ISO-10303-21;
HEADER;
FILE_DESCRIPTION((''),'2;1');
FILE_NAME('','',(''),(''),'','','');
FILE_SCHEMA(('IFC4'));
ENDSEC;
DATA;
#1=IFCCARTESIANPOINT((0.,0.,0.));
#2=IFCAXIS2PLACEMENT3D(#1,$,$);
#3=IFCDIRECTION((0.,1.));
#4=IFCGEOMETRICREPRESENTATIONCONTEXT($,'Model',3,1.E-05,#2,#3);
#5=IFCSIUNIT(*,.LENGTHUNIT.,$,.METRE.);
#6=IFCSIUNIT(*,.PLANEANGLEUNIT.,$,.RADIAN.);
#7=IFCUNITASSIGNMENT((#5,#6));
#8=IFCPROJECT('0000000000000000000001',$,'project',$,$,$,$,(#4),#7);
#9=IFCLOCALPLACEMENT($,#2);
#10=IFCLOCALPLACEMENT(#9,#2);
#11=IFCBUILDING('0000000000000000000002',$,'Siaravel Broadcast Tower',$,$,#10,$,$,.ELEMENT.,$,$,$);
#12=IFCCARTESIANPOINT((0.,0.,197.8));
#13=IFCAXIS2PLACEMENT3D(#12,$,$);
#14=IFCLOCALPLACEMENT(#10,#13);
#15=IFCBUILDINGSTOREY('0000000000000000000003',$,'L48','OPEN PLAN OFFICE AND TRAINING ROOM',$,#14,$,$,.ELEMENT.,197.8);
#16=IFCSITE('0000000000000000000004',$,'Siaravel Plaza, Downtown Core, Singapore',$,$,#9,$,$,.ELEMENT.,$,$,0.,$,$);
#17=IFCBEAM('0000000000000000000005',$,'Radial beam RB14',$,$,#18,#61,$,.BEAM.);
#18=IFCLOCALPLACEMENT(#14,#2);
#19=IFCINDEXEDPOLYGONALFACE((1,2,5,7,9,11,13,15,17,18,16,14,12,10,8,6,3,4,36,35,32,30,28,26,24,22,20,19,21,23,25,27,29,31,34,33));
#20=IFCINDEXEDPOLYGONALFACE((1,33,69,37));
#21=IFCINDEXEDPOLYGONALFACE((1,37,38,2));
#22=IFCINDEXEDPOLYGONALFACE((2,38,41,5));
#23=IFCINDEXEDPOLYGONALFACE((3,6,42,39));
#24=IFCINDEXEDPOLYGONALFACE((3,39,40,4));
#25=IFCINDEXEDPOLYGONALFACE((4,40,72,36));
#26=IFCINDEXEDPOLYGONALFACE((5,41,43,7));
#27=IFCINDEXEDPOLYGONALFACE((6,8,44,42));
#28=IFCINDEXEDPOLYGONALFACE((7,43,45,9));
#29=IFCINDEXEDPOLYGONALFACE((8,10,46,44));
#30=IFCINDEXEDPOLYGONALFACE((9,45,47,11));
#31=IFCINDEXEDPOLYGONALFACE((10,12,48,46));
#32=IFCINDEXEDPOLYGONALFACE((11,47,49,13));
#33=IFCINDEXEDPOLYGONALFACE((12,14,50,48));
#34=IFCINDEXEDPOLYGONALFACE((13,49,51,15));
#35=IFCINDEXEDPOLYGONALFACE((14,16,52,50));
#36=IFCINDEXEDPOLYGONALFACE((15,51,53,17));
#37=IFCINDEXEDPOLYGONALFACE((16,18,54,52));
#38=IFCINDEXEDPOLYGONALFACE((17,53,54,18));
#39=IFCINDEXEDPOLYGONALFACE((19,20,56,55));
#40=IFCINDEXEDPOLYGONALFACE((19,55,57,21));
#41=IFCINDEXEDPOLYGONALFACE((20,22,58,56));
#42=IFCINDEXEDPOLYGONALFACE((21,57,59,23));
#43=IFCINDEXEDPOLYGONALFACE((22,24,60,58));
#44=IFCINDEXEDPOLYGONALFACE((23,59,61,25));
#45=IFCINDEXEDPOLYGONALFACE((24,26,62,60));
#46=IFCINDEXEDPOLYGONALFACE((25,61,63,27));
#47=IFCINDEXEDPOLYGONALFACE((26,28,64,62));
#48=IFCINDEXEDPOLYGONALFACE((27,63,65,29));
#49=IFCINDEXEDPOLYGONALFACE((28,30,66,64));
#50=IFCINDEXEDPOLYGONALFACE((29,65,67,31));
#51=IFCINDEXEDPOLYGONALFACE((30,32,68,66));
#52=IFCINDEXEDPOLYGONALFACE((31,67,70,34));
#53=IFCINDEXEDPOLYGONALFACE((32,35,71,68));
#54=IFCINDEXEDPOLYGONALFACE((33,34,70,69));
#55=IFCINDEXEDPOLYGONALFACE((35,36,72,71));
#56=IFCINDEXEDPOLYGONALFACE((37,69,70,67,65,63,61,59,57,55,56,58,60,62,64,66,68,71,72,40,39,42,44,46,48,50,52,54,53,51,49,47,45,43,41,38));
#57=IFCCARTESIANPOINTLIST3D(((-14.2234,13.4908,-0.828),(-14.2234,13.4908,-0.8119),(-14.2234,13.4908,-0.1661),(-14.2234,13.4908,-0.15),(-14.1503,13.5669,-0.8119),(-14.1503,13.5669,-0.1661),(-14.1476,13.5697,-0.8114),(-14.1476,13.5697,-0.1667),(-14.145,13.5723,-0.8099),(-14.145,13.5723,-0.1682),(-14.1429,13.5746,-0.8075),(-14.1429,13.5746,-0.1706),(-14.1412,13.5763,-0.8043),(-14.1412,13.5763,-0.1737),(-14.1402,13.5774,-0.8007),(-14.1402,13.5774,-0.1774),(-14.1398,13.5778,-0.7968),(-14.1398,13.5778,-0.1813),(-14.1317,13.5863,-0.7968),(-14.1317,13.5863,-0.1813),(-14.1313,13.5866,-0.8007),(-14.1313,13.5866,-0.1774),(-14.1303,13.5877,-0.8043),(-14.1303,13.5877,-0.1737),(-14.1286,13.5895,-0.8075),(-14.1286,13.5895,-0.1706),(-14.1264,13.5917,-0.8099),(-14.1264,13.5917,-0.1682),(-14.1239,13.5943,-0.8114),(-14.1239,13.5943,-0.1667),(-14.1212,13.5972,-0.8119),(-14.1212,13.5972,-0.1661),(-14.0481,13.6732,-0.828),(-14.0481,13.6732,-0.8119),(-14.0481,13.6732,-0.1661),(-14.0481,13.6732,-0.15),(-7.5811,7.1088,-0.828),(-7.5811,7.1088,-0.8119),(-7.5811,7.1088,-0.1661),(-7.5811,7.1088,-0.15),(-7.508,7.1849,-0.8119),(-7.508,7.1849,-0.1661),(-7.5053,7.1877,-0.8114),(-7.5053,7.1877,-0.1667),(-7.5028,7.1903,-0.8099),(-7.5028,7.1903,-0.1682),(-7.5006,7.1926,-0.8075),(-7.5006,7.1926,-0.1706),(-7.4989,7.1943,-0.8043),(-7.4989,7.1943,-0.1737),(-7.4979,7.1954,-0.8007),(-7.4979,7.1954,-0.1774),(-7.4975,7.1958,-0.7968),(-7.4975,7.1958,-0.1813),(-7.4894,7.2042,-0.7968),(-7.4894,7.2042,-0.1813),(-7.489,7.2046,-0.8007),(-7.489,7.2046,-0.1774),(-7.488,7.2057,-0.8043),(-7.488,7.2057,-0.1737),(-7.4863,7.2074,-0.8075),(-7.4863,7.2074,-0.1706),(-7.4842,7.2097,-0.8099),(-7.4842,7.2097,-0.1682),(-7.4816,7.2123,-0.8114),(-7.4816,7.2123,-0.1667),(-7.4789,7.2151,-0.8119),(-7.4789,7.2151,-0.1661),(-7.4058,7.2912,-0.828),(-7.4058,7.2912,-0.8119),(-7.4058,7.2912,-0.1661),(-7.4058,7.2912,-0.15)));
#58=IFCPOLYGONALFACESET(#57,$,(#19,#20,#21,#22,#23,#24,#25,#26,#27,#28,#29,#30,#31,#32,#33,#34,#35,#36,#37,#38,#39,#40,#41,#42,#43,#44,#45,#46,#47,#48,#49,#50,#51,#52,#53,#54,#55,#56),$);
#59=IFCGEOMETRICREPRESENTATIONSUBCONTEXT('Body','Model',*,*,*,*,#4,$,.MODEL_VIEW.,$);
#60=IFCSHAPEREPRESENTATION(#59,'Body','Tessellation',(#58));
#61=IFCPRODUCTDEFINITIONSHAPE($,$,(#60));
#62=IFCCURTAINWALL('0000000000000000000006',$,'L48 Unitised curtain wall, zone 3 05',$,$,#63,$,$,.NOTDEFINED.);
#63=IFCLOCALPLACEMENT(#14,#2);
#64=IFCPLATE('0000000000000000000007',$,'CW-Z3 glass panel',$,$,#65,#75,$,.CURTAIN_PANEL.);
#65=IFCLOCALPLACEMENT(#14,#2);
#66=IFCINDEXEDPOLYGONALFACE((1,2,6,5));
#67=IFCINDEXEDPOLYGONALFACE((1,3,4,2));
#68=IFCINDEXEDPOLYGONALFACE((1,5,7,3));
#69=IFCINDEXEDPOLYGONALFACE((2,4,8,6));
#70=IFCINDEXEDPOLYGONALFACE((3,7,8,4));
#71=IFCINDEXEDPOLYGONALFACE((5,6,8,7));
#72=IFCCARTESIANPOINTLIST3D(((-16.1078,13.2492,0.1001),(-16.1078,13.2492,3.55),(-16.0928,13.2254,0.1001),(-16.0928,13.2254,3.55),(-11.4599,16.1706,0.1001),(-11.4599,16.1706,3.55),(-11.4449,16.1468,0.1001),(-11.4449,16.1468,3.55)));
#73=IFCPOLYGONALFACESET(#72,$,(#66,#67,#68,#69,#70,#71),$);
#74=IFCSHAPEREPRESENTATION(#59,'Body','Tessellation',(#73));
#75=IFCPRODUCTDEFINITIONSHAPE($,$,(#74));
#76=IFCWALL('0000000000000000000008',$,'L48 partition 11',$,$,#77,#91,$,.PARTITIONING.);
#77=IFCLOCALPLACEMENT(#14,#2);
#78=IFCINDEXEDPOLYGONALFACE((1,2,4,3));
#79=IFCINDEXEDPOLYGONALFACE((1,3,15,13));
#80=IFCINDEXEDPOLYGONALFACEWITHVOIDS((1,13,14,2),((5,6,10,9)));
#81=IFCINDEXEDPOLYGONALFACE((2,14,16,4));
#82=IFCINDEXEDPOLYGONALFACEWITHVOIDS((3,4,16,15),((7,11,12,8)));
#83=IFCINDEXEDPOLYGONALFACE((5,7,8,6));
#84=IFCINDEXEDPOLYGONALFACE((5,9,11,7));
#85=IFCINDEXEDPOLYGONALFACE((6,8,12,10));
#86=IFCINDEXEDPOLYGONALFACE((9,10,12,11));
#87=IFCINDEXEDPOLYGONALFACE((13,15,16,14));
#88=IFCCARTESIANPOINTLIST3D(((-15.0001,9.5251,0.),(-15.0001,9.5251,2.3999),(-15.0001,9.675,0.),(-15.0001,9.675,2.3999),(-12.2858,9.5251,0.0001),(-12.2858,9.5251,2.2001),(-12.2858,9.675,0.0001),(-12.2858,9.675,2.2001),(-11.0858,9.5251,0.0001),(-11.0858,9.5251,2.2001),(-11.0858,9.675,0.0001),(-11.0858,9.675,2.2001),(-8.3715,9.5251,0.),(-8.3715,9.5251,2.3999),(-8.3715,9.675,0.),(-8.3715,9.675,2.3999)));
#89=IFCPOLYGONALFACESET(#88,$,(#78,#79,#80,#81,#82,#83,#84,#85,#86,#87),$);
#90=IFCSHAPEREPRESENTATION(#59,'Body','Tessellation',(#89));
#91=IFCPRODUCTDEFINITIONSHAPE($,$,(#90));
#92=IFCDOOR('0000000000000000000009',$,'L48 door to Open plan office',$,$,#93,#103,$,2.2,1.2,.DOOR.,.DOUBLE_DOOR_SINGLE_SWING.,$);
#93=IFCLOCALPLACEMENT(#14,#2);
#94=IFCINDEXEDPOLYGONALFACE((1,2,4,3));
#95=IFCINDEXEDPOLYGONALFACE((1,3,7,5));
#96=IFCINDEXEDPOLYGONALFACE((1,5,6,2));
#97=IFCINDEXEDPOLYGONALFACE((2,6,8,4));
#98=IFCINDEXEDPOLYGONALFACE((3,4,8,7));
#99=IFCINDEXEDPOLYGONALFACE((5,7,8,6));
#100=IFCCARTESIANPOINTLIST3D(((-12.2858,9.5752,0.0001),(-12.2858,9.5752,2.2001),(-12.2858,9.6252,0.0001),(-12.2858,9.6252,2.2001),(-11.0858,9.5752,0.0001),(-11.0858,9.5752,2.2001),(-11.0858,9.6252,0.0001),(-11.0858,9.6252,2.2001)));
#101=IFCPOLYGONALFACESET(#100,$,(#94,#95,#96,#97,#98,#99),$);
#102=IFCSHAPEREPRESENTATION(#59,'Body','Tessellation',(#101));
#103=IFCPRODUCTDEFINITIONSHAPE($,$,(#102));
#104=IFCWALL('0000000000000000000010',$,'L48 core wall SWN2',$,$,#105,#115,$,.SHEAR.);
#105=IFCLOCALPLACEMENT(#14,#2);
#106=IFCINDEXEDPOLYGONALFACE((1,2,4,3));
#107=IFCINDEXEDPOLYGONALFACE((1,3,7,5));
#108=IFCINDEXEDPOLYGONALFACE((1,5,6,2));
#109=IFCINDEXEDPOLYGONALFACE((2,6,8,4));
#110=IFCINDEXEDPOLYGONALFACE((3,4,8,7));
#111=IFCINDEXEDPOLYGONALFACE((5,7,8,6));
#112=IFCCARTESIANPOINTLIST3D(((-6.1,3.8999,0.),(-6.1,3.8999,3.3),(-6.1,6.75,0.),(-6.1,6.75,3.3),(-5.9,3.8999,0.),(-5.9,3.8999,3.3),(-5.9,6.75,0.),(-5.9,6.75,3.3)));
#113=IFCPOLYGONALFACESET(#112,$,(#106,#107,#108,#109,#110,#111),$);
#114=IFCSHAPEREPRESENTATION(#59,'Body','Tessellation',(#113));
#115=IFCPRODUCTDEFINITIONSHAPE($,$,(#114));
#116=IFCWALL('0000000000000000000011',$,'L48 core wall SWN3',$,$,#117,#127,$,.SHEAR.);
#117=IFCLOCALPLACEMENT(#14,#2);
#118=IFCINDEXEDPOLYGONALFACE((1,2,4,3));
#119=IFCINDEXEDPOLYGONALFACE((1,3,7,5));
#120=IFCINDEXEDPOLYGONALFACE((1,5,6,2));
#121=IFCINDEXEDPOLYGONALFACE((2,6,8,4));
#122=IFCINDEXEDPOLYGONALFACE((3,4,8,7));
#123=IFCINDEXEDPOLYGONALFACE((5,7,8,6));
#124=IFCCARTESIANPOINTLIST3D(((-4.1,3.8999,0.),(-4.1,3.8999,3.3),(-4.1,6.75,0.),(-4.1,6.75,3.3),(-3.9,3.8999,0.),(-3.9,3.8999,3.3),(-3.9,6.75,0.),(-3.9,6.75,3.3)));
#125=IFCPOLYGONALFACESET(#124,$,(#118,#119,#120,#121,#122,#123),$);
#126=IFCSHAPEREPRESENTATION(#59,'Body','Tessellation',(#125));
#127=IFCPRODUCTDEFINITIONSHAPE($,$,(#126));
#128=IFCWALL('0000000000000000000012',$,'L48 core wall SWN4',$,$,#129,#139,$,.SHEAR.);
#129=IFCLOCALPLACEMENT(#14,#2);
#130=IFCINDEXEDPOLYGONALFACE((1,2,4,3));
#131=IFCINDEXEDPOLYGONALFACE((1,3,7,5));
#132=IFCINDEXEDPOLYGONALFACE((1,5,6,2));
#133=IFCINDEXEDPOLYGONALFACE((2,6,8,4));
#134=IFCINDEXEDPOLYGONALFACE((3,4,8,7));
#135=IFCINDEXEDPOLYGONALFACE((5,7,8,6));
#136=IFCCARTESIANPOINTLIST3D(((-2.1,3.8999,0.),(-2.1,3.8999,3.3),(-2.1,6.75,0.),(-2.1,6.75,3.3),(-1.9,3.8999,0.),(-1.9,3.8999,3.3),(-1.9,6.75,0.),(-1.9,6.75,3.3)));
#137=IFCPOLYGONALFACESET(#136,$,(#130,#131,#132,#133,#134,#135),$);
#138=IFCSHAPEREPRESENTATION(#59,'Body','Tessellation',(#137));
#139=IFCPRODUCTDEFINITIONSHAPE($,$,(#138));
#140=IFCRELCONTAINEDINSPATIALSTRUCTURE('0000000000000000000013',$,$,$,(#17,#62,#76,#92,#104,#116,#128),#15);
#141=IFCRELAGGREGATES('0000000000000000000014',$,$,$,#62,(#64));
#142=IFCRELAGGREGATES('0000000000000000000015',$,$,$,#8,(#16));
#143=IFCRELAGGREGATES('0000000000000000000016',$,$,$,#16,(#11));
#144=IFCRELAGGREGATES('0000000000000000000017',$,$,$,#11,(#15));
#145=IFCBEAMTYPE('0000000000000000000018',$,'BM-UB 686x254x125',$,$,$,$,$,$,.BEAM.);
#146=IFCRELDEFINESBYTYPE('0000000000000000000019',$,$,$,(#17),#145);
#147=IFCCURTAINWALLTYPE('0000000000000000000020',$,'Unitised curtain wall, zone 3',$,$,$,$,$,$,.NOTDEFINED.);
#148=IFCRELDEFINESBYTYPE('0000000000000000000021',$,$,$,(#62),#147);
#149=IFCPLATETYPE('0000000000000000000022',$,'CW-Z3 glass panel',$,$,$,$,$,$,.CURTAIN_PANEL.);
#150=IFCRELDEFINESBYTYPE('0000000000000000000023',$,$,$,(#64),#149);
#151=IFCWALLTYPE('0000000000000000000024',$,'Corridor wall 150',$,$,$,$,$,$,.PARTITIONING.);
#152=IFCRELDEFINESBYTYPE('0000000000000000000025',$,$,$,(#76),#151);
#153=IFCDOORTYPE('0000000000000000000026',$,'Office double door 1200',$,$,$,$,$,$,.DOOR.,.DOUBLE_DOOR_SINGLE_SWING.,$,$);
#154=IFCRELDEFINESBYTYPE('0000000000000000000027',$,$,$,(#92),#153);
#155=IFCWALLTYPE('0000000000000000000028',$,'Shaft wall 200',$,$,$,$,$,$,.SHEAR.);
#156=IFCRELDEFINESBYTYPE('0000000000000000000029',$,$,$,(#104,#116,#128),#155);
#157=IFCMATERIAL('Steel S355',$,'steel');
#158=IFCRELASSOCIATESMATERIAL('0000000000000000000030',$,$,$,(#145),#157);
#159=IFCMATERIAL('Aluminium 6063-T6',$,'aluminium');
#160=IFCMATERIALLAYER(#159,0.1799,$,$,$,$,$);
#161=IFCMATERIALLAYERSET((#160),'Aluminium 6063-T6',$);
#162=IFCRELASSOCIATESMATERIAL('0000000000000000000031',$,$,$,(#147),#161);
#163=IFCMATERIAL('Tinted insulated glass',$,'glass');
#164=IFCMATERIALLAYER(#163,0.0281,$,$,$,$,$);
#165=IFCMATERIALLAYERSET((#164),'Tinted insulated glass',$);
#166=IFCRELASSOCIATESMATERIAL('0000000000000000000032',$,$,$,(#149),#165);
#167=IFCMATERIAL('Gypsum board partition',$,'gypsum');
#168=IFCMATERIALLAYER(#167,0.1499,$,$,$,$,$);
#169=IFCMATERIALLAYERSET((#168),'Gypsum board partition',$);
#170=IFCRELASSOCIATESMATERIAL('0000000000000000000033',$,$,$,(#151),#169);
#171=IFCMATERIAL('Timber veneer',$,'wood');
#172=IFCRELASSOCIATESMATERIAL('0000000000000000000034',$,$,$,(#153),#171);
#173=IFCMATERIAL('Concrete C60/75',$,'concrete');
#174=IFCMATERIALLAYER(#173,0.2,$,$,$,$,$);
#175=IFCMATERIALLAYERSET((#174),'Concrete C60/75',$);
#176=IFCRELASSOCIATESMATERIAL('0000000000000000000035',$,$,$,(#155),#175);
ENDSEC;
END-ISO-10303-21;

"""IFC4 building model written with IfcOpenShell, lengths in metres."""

from ifc_helpers import new_model, si_unit, direction, frame, frame_2d, origin, origin_2d, place, context, subcontext, project, spatial, rectangle, i_section, extrude, material, layer, layer_set, material_profile, profile_set, type_object, element, fill, aggregate, save


model = new_model("IFC4")

# Units and contexts
model_context = context("Model", 3, precision=1e-05, world=origin(), true_north=direction((0.0, 1.0)))
body_context = subcontext(model_context, "Body", "Model", "MODEL_VIEW")
ifc_project = project(units=[si_unit("LENGTHUNIT", "METRE"), si_unit("PLANEANGLEUNIT", "RADIAN")], contexts=[model_context])

# Site, building, storey
site_placement = place(None, origin())
site = spatial("IfcSite", under=ifc_project, at=site_placement, Name="Siaravel Plaza, Downtown Core, Singapore", CompositionType="ELEMENT", RefElevation=0.0)
building_placement = place(site_placement, origin())
building = spatial("IfcBuilding", under=site, at=building_placement, Name="Siaravel Broadcast Tower", CompositionType="ELEMENT")
storey_placement = place(building_placement, frame((0.0, 0.0, 197.8)))
storey = spatial("IfcBuildingStorey", under=building, at=storey_placement, Name="L48", Description="OPEN PLAN OFFICE AND TRAINING ROOM", CompositionType="ELEMENT", Elevation=197.8)

# Beam
ifc_material_1 = material(Name="Steel S355", Category="steel")
ifc_material_profile = material_profile(ifc_material_1, i_section(OverallWidth=0.2529, OverallDepth=0.678, WebThickness=0.0117, FlangeThickness=0.0161, FilletRadius=0.0151, at=origin_2d()))
ifc_profile_set = profile_set([ifc_material_profile], Name="Steel S355")
beam_type = type_object("IfcBeamType", Name="BM-UB 686x254x125", PredefinedType="BEAM", material=ifc_profile_set)
beam_placement = place(storey_placement, frame((-14.1357, 13.582, -0.489), z_axis=(0.721092, -0.692839, 0.0), x_axis=(0.692839, 0.721092, 0.0)))
element("IfcBeam", 1, at=beam_placement, inside=storey, type_object=beam_type, Name="Radial beam RB14", PredefinedType="BEAM", context=body_context, shape_type="SweptSolid", body=[
    extrude(i_section(OverallWidth=0.2529, OverallDepth=0.678, WebThickness=0.0117, FlangeThickness=0.0161, FilletRadius=0.0151, at=origin_2d()), origin(), (0.0, 0.0, 1.0), 9.2114),
])

# Curtain wall, plate
ifc_material_2 = material(Name="Aluminium 6063-T6", Category="aluminium")
ifc_layer_1 = layer(ifc_material_2, 0.1799)
ifc_layer_set_1 = layer_set([ifc_layer_1], Name="Aluminium 6063-T6")
curtain_wall_type = type_object("IfcCurtainWallType", Name="Unitised curtain wall, zone 3", PredefinedType="NOTDEFINED", material=ifc_layer_set_1)
curtain_wall_placement = place(storey_placement, origin())
curtain_wall = element("IfcCurtainWall", 2, at=curtain_wall_placement, inside=storey, type_object=curtain_wall_type, Name="L48 Unitised curtain wall, zone 3 05", PredefinedType="NOTDEFINED")
ifc_material_3 = material(Name="Tinted insulated glass", Category="glass")
ifc_layer_2 = layer(ifc_material_3, 0.0281)
ifc_layer_set_2 = layer_set([ifc_layer_2], Name="Tinted insulated glass")
plate_type = type_object("IfcPlateType", Name="CW-Z3 glass panel", PredefinedType="CURTAIN_PANEL", material=ifc_layer_set_2)
plate_placement = place(storey_placement, frame((-13.7764, 14.698, 0.1001), z_axis=(0.0, 0.0, 1.0), x_axis=(-0.846651, -0.532149, 0.0)))
plate = element("IfcPlate", 3, at=plate_placement, type_object=plate_type, Name="CW-Z3 glass panel", PredefinedType="CURTAIN_PANEL", context=body_context, shape_type="SweptSolid", body=[
    extrude(rectangle(XDim=5.4897, YDim=0.0281, at=origin_2d()), origin(), (0.0, 0.0, 1.0), 3.45),
])
aggregate(curtain_wall, [plate])

# Shared definitions
ifc_material_4 = material(Name="Concrete C60/75", Category="concrete")
ifc_material_5 = material(Name="Timber veneer", Category="wood")

# Wall, opening, door
ifc_material_6 = material(Name="Gypsum board partition", Category="gypsum")
ifc_layer_3 = layer(ifc_material_6, 0.1499)
ifc_layer_set_3 = layer_set([ifc_layer_3], Name="Gypsum board partition")
wall_type_1 = type_object("IfcWallType", Name="Corridor wall 150", PredefinedType="PARTITIONING", material=ifc_layer_set_3)
wall_1_placement = place(storey_placement, frame((-8.3713, 9.6001, 0.0), z_axis=(0.0, 0.0, 1.0), x_axis=(-1.0, 0.0, 0.0)))
wall_1 = element("IfcWall", 4, at=wall_1_placement, inside=storey, type_object=wall_type_1, Name="L48 partition 11", PredefinedType="PARTITIONING", context=body_context, shape_type="SweptSolid", body=[
    extrude(rectangle(XDim=6.6287, YDim=0.1499, at=frame_2d((3.3145, 0.0))), origin(), (0.0, 0.0, 1.0), 2.3999),
])
opening_1_placement = place(wall_1_placement, frame((2.7144, 0.0, 0.0)))
opening_1 = element("IfcOpeningElement", 5, at=opening_1_placement, cuts=wall_1, PredefinedType="OPENING", context=body_context, shape_type="SweptSolid", body=[
    extrude(rectangle(XDim=1.2, YDim=2.2, at=frame_2d((0.6001, 1.1001))), frame((0.0, 0.085, 0.0), z_axis=(0.0, -1.0, 0.0), x_axis=(1.0, 0.0, 0.0)), (0.0, 0.0, 1.0), 0.1699),
])
door_type_1 = type_object("IfcDoorType", Name="Office double door 1200", OperationType="DOUBLE_DOOR_SINGLE_SWING", PredefinedType="DOOR", material=ifc_material_5)
door_1_placement = place(opening_1_placement, origin())
door_1 = element("IfcDoor", 6, at=door_1_placement, inside=storey, type_object=door_type_1, Name="L48 door to Open plan office", OperationType="DOUBLE_DOOR_SINGLE_SWING", OverallHeight=2.2, OverallWidth=1.2, PredefinedType="DOOR", context=body_context, shape_type="SweptSolid", body=[
    extrude(rectangle(XDim=1.2, YDim=2.2, at=frame_2d((0.6001, 1.1001))), frame((0.0, 0.0249, 0.0), z_axis=(0.0, -1.0, 0.0), x_axis=(1.0, 0.0, 0.0)), (0.0, 0.0, 1.0), 0.05),
])
fill(opening_1, door_1)

# Walls
ifc_layer_4 = layer(ifc_material_4, 0.2)
ifc_layer_set_4 = layer_set([ifc_layer_4], Name="Concrete C60/75")
wall_type_2 = type_object("IfcWallType", Name="Shaft wall 200", PredefinedType="SHEAR", material=ifc_layer_set_4)
for number, where, z_axis, x_axis, name in (
    (7, (-6.0, 3.8999, 0.0), (0.0, 0.0, 1.0), (0.0, 1.0, 0.0), "L48 core wall SWN2"),
    (8, (-4.0, 3.8999, 0.0), (0.0, 0.0, 1.0), (0.0, 1.0, 0.0), "L48 core wall SWN3"),
    (9, (-2.0, 3.8999, 0.0), (0.0, 0.0, 1.0), (0.0, 1.0, 0.0), "L48 core wall SWN4"),
):
    element("IfcWall", number, at=place(storey_placement, frame(where, z_axis=z_axis, x_axis=x_axis)), inside=storey, type_object=wall_type_2, Name=name, PredefinedType="SHEAR", context=body_context, shape_type="SweptSolid", body=[
        extrude(rectangle(XDim=2.8501, YDim=0.2, at=frame_2d((1.425, 0.0))), origin(), (0.0, 0.0, 1.0), 3.3),
    ])

save(model, "model.ifc")
